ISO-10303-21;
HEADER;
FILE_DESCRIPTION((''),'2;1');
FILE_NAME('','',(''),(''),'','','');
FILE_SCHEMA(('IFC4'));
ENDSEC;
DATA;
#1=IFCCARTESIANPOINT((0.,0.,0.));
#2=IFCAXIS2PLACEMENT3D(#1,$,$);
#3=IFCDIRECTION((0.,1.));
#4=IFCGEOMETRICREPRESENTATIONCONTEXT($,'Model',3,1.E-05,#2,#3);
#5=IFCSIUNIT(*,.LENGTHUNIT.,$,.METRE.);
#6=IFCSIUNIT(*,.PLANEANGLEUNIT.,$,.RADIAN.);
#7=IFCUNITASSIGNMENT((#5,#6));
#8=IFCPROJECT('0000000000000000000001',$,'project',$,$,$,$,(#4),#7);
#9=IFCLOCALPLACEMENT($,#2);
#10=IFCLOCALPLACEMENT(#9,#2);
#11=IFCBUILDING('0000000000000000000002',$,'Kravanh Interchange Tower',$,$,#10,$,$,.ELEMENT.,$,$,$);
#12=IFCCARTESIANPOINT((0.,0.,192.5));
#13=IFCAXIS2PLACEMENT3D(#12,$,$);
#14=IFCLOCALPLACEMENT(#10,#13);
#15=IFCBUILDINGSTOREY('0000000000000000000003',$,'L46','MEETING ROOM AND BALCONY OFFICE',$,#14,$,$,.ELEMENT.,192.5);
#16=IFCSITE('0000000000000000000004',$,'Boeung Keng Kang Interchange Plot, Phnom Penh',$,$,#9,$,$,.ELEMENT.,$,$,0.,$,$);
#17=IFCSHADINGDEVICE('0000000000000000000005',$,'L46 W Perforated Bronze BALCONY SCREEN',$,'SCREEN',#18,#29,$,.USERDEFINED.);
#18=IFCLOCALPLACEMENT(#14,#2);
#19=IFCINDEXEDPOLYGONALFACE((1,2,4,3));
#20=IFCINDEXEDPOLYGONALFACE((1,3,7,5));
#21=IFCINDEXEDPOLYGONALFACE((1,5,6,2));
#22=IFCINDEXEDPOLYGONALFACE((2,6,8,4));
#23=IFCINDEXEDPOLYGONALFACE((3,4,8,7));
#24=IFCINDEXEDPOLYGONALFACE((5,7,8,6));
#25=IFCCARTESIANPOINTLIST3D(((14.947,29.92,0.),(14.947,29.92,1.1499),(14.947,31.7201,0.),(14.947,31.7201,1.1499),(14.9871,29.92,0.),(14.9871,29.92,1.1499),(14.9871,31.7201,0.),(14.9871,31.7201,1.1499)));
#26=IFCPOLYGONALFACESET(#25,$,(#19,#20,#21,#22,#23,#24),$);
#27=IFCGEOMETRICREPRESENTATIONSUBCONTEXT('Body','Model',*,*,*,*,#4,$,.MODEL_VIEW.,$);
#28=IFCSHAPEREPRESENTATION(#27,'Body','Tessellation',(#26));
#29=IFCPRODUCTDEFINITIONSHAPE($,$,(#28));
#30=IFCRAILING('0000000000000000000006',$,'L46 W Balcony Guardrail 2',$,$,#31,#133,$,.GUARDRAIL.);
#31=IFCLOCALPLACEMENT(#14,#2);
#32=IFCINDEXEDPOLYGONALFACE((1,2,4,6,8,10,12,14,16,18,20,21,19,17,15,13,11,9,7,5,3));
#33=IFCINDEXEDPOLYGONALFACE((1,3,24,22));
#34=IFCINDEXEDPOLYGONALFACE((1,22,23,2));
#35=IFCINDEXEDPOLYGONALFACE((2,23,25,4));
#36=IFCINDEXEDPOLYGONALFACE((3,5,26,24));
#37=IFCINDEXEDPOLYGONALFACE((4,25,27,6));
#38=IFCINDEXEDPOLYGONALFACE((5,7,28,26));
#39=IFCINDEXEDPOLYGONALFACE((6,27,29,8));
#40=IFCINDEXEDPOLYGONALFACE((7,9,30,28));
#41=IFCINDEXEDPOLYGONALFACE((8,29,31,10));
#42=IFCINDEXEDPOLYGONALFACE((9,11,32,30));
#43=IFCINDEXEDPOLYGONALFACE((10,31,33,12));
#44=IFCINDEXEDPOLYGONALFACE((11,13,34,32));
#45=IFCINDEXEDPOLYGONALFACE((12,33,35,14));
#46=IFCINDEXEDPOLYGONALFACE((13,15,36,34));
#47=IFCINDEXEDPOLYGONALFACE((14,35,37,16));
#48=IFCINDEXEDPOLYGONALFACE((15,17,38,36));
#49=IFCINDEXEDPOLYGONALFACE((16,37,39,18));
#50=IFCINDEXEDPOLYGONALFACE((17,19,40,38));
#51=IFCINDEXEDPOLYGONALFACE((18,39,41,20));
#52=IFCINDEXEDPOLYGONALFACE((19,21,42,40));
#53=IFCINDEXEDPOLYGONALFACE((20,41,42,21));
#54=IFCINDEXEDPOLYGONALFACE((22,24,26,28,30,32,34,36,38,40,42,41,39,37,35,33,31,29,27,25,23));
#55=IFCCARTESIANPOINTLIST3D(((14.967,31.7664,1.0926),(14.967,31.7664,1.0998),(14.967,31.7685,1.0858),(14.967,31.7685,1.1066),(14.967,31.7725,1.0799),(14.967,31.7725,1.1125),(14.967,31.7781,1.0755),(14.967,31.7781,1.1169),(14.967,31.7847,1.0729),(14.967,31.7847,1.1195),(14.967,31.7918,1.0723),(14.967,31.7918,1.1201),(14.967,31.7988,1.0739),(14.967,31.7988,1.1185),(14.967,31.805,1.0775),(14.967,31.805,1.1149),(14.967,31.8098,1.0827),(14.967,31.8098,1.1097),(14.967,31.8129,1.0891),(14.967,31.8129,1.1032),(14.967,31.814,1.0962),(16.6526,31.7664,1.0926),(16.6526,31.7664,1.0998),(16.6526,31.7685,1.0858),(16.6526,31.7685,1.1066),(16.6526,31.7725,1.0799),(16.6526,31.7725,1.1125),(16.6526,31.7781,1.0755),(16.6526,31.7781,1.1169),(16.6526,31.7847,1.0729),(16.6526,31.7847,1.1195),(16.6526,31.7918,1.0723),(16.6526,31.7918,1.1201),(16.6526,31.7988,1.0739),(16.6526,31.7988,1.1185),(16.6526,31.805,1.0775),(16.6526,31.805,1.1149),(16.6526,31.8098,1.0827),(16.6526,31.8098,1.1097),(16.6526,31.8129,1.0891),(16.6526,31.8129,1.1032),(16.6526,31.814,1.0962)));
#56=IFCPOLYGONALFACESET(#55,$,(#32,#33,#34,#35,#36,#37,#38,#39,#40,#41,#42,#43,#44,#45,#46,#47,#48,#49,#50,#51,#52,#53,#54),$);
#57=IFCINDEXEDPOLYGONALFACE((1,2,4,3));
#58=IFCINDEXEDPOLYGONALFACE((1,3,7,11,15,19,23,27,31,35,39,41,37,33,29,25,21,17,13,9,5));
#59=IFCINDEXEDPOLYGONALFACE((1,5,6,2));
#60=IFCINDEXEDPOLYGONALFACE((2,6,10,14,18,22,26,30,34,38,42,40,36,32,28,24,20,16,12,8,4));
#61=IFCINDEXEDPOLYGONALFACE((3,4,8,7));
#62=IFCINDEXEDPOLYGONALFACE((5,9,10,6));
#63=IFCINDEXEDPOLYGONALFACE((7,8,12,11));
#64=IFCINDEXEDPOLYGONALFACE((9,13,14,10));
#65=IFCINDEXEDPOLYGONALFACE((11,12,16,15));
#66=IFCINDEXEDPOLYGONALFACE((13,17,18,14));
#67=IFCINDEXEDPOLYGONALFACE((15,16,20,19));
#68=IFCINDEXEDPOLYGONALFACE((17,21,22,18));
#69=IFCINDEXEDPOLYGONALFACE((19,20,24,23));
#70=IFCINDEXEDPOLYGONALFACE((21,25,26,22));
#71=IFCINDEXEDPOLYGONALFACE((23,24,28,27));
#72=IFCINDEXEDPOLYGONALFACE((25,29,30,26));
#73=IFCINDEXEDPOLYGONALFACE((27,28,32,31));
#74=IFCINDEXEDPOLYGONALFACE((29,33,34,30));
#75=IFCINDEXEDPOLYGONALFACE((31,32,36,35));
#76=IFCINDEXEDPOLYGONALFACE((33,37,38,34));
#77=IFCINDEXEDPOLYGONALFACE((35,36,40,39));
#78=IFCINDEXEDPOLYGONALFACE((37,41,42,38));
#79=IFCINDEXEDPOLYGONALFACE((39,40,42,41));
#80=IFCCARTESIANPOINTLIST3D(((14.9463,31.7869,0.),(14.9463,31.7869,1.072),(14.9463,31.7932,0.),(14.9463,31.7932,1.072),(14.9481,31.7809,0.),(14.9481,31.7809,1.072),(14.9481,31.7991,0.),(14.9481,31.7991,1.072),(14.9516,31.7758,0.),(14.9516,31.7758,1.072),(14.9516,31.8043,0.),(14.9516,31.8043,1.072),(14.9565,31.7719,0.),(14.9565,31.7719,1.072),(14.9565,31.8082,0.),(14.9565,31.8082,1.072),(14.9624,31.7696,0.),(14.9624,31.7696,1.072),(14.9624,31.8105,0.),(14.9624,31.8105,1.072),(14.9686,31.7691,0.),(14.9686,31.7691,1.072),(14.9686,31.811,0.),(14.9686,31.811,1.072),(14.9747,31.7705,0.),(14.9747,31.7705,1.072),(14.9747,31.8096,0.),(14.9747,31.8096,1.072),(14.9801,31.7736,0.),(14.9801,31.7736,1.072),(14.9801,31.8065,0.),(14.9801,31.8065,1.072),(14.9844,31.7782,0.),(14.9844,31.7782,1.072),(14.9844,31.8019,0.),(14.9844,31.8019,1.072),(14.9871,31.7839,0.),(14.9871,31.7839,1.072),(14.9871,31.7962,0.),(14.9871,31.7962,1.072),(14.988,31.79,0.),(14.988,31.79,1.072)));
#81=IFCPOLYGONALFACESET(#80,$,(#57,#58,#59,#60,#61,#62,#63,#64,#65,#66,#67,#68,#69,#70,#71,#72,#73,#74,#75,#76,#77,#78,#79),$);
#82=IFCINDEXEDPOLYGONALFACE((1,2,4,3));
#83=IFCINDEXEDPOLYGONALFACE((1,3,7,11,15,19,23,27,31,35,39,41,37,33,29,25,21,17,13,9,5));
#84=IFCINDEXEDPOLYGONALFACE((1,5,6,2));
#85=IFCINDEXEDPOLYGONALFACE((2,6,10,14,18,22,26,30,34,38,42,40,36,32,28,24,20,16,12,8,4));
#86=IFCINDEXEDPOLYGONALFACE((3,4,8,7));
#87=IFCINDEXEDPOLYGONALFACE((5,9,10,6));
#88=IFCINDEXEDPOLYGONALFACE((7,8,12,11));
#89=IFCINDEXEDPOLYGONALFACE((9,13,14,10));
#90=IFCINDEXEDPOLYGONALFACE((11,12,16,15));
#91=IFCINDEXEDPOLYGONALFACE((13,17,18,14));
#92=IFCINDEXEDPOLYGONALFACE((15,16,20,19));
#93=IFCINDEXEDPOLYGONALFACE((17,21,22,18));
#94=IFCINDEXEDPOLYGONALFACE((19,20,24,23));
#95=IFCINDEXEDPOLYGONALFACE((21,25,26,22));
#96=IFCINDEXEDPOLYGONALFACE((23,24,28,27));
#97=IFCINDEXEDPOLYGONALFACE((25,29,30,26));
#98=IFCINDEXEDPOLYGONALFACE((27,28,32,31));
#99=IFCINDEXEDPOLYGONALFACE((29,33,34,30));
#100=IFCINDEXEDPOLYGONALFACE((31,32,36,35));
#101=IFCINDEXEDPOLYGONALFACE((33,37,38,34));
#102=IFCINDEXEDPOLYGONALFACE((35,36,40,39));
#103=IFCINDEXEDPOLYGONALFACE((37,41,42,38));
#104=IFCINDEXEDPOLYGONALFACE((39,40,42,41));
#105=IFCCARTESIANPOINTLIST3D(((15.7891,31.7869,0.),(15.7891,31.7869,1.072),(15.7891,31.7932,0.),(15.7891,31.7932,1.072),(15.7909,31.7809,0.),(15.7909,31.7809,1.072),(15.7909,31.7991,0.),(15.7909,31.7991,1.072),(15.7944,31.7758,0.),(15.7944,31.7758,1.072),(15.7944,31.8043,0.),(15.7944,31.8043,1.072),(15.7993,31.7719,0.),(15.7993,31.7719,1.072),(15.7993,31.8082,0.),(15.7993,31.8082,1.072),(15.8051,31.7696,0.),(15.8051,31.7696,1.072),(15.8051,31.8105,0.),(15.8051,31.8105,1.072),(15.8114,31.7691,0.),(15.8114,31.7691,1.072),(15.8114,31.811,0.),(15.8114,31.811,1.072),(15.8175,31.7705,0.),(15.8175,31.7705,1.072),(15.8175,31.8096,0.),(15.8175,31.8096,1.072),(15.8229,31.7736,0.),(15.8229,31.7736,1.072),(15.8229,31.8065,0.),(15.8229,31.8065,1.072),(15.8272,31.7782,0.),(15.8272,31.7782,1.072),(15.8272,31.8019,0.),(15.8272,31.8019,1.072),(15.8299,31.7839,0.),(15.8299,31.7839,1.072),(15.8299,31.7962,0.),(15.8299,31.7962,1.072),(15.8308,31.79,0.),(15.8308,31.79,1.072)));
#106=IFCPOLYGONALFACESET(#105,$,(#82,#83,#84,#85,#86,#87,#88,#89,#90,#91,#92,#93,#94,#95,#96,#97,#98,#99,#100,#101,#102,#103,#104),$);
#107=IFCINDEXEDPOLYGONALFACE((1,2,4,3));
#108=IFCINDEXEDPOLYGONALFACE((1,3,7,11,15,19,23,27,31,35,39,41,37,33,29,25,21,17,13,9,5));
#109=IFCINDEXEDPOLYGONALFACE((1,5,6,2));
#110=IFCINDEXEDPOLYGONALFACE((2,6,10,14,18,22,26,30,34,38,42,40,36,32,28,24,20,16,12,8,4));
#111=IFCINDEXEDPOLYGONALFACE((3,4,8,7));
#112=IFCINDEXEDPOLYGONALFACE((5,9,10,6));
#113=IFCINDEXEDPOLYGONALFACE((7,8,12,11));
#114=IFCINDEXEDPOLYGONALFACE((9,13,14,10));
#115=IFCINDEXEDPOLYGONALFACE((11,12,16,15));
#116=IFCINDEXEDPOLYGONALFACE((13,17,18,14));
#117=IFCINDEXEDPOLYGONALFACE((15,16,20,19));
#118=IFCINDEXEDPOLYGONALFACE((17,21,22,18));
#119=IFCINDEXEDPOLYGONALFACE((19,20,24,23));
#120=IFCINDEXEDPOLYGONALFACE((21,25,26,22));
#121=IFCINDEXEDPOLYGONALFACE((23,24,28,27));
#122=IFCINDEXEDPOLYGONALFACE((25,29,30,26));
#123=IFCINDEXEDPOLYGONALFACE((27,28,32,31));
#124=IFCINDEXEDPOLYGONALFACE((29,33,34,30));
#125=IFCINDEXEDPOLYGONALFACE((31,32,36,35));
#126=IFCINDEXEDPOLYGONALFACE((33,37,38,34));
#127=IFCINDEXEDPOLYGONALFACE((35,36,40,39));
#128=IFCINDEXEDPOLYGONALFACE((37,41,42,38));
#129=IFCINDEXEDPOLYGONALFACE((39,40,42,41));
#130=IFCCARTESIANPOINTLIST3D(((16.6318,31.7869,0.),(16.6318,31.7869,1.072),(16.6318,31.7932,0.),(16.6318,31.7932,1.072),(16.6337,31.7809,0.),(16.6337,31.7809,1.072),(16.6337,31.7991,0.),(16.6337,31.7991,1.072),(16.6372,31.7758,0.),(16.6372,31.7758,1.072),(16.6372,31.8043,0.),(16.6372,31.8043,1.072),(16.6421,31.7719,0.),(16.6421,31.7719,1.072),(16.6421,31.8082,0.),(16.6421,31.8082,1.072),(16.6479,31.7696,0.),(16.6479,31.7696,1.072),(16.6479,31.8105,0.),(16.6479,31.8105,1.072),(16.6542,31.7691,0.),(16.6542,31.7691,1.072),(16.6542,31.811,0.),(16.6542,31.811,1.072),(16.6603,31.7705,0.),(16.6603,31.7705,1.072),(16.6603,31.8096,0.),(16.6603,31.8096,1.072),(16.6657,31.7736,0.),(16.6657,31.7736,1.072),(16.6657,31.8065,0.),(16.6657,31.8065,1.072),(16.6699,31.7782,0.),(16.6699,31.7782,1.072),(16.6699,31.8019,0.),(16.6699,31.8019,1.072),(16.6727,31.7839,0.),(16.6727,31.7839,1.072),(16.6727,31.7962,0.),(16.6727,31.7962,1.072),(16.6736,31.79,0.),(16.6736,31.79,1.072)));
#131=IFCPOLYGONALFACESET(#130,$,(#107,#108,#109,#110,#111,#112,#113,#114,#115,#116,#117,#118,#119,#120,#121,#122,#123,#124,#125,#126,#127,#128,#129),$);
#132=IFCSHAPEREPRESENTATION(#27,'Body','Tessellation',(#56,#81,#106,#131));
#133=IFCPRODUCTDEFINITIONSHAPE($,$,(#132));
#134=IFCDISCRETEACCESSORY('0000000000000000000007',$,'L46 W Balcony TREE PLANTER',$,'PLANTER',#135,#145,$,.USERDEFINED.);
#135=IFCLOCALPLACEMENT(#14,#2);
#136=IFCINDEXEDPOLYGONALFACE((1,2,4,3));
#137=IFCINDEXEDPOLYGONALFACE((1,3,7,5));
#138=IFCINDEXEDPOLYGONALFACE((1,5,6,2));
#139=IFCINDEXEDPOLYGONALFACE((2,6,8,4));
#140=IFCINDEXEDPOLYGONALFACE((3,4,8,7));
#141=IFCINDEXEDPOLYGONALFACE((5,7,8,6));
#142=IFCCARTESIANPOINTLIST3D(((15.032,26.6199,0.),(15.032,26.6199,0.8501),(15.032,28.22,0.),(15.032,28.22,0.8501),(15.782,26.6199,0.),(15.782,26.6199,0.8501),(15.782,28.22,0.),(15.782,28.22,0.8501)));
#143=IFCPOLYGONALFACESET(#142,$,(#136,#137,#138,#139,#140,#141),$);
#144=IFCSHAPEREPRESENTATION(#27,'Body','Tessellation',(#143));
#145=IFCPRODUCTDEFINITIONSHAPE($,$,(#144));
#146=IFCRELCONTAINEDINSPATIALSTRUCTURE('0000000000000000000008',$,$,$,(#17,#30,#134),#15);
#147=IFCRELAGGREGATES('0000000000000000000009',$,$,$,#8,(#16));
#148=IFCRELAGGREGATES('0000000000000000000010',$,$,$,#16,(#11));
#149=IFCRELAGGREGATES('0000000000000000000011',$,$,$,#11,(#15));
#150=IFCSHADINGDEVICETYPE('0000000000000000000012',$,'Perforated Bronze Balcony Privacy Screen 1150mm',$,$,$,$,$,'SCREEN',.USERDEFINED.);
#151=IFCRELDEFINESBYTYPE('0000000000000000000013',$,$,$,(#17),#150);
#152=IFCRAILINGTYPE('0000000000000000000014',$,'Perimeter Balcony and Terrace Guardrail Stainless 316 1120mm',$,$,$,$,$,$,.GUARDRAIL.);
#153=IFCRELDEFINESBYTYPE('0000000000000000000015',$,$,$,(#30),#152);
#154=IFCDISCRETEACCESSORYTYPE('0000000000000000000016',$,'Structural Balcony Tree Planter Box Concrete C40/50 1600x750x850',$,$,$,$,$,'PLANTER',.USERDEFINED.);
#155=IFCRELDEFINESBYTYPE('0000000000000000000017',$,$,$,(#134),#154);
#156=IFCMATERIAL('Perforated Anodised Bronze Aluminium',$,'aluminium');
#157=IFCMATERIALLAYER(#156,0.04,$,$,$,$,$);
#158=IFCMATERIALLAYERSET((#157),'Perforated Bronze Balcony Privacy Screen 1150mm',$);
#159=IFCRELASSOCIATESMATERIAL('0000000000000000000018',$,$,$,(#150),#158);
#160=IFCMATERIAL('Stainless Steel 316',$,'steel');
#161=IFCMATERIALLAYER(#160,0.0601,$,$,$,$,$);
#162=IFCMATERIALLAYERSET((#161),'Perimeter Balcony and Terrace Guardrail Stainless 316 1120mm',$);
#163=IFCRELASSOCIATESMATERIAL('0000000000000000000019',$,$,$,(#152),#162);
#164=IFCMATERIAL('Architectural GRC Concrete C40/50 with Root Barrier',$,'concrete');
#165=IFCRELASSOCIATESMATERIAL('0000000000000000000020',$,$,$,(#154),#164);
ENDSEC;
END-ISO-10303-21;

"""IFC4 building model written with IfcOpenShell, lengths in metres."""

from ifc_helpers import new_model, si_unit, direction, frame, origin, origin_2d, place, context, subcontext, project, spatial, rectangle, circle, extrude, material, layer, layer_set, type_object, element, save


model = new_model("IFC4")

# Units and contexts
model_context = context("Model", 3, precision=1e-05, world=origin(), true_north=direction((0.0, 1.0)))
body_context = subcontext(model_context, "Body", "Model", "MODEL_VIEW")
ifc_project = project(units=[si_unit("LENGTHUNIT", "METRE"), si_unit("PLANEANGLEUNIT", "RADIAN")], contexts=[model_context])

# Site, building, storey
site_placement = place(None, origin())
site = spatial("IfcSite", under=ifc_project, at=site_placement, Name="Boeung Keng Kang Interchange Plot, Phnom Penh", CompositionType="ELEMENT", RefElevation=0.0)
building_placement = place(site_placement, origin())
building = spatial("IfcBuilding", under=site, at=building_placement, Name="Kravanh Interchange Tower", CompositionType="ELEMENT")
storey_placement = place(building_placement, frame((0.0, 0.0, 192.5)))
storey = spatial("IfcBuildingStorey", under=building, at=storey_placement, Name="L46", Description="MEETING ROOM AND BALCONY OFFICE", CompositionType="ELEMENT", Elevation=192.5)

# Shading device
ifc_material_1 = material(Name="Perforated Anodised Bronze Aluminium", Category="aluminium")
ifc_layer_1 = layer(ifc_material_1, 0.04)
ifc_layer_set_1 = layer_set([ifc_layer_1], Name="Perforated Bronze Balcony Privacy Screen 1150mm")
shading_device_type = type_object("IfcShadingDeviceType", Name="Perforated Bronze Balcony Privacy Screen 1150mm", ElementType="SCREEN", PredefinedType="USERDEFINED", material=ifc_layer_set_1)
shading_device_placement = place(storey_placement, frame((14.967, 30.8201, 0.0), z_axis=(0.0, 0.0, 1.0), x_axis=(1.0, 0.0, 0.0)))
element("IfcShadingDevice", 1, at=shading_device_placement, inside=storey, type_object=shading_device_type, Name="L46 W Perforated Bronze BALCONY SCREEN", ObjectType="SCREEN", PredefinedType="USERDEFINED", context=body_context, shape_type="SweptSolid", body=[
    extrude(rectangle(XDim=0.04, YDim=1.8, at=origin_2d()), origin(), (0.0, 0.0, 1.0), 1.1499),
])

# Railing
ifc_material_2 = material(Name="Stainless Steel 316", Category="steel")
ifc_layer_2 = layer(ifc_material_2, 0.0601)
ifc_layer_set_2 = layer_set([ifc_layer_2], Name="Perimeter Balcony and Terrace Guardrail Stainless 316 1120mm")
railing_type = type_object("IfcRailingType", Name="Perimeter Balcony and Terrace Guardrail Stainless 316 1120mm", PredefinedType="GUARDRAIL", material=ifc_layer_set_2)
railing_placement = place(storey_placement, frame((14.967, 31.79, 0.0)))
element("IfcRailing", 2, at=railing_placement, inside=storey, type_object=railing_type, Name="L46 W Balcony Guardrail 2", PredefinedType="GUARDRAIL", context=body_context, shape_type="SweptSolid", body=[
    extrude(circle(Radius=0.0239, at=origin_2d()), frame((0.0, 0.0, 1.0962), z_axis=(1.0, 0.0, 0.0), x_axis=(0.0, 1.0, 0.0)), (0.0, 0.0, 1.0), 1.6855),
    extrude(circle(Radius=0.021, at=origin_2d()), origin(), (0.0, 0.0, 1.0), 1.072),
    extrude(circle(Radius=0.021, at=origin_2d()), frame((0.8428, 0.0, 0.0)), (0.0, 0.0, 1.0), 1.072),
    extrude(circle(Radius=0.021, at=origin_2d()), frame((1.6855, 0.0, 0.0)), (0.0, 0.0, 1.0), 1.072),
])

# Discrete accessory
ifc_material_3 = material(Name="Architectural GRC Concrete C40/50 with Root Barrier", Category="concrete")
discrete_accessory_type = type_object("IfcDiscreteAccessoryType", Name="Structural Balcony Tree Planter Box Concrete C40/50 1600x750x850", ElementType="PLANTER", PredefinedType="USERDEFINED", material=ifc_material_3)
discrete_accessory_placement = place(storey_placement, frame((15.407, 27.4199, 0.0), z_axis=(0.0, 0.0, 1.0), x_axis=(1.0, 0.0, 0.0)))
element("IfcDiscreteAccessory", 3, at=discrete_accessory_placement, inside=storey, type_object=discrete_accessory_type, Name="L46 W Balcony TREE PLANTER", ObjectType="PLANTER", PredefinedType="USERDEFINED", context=body_context, shape_type="SweptSolid", body=[
    extrude(rectangle(XDim=0.75, YDim=1.6001, at=origin_2d()), origin(), (0.0, 0.0, 1.0), 0.8501),
])

save(model, "model.ifc")
